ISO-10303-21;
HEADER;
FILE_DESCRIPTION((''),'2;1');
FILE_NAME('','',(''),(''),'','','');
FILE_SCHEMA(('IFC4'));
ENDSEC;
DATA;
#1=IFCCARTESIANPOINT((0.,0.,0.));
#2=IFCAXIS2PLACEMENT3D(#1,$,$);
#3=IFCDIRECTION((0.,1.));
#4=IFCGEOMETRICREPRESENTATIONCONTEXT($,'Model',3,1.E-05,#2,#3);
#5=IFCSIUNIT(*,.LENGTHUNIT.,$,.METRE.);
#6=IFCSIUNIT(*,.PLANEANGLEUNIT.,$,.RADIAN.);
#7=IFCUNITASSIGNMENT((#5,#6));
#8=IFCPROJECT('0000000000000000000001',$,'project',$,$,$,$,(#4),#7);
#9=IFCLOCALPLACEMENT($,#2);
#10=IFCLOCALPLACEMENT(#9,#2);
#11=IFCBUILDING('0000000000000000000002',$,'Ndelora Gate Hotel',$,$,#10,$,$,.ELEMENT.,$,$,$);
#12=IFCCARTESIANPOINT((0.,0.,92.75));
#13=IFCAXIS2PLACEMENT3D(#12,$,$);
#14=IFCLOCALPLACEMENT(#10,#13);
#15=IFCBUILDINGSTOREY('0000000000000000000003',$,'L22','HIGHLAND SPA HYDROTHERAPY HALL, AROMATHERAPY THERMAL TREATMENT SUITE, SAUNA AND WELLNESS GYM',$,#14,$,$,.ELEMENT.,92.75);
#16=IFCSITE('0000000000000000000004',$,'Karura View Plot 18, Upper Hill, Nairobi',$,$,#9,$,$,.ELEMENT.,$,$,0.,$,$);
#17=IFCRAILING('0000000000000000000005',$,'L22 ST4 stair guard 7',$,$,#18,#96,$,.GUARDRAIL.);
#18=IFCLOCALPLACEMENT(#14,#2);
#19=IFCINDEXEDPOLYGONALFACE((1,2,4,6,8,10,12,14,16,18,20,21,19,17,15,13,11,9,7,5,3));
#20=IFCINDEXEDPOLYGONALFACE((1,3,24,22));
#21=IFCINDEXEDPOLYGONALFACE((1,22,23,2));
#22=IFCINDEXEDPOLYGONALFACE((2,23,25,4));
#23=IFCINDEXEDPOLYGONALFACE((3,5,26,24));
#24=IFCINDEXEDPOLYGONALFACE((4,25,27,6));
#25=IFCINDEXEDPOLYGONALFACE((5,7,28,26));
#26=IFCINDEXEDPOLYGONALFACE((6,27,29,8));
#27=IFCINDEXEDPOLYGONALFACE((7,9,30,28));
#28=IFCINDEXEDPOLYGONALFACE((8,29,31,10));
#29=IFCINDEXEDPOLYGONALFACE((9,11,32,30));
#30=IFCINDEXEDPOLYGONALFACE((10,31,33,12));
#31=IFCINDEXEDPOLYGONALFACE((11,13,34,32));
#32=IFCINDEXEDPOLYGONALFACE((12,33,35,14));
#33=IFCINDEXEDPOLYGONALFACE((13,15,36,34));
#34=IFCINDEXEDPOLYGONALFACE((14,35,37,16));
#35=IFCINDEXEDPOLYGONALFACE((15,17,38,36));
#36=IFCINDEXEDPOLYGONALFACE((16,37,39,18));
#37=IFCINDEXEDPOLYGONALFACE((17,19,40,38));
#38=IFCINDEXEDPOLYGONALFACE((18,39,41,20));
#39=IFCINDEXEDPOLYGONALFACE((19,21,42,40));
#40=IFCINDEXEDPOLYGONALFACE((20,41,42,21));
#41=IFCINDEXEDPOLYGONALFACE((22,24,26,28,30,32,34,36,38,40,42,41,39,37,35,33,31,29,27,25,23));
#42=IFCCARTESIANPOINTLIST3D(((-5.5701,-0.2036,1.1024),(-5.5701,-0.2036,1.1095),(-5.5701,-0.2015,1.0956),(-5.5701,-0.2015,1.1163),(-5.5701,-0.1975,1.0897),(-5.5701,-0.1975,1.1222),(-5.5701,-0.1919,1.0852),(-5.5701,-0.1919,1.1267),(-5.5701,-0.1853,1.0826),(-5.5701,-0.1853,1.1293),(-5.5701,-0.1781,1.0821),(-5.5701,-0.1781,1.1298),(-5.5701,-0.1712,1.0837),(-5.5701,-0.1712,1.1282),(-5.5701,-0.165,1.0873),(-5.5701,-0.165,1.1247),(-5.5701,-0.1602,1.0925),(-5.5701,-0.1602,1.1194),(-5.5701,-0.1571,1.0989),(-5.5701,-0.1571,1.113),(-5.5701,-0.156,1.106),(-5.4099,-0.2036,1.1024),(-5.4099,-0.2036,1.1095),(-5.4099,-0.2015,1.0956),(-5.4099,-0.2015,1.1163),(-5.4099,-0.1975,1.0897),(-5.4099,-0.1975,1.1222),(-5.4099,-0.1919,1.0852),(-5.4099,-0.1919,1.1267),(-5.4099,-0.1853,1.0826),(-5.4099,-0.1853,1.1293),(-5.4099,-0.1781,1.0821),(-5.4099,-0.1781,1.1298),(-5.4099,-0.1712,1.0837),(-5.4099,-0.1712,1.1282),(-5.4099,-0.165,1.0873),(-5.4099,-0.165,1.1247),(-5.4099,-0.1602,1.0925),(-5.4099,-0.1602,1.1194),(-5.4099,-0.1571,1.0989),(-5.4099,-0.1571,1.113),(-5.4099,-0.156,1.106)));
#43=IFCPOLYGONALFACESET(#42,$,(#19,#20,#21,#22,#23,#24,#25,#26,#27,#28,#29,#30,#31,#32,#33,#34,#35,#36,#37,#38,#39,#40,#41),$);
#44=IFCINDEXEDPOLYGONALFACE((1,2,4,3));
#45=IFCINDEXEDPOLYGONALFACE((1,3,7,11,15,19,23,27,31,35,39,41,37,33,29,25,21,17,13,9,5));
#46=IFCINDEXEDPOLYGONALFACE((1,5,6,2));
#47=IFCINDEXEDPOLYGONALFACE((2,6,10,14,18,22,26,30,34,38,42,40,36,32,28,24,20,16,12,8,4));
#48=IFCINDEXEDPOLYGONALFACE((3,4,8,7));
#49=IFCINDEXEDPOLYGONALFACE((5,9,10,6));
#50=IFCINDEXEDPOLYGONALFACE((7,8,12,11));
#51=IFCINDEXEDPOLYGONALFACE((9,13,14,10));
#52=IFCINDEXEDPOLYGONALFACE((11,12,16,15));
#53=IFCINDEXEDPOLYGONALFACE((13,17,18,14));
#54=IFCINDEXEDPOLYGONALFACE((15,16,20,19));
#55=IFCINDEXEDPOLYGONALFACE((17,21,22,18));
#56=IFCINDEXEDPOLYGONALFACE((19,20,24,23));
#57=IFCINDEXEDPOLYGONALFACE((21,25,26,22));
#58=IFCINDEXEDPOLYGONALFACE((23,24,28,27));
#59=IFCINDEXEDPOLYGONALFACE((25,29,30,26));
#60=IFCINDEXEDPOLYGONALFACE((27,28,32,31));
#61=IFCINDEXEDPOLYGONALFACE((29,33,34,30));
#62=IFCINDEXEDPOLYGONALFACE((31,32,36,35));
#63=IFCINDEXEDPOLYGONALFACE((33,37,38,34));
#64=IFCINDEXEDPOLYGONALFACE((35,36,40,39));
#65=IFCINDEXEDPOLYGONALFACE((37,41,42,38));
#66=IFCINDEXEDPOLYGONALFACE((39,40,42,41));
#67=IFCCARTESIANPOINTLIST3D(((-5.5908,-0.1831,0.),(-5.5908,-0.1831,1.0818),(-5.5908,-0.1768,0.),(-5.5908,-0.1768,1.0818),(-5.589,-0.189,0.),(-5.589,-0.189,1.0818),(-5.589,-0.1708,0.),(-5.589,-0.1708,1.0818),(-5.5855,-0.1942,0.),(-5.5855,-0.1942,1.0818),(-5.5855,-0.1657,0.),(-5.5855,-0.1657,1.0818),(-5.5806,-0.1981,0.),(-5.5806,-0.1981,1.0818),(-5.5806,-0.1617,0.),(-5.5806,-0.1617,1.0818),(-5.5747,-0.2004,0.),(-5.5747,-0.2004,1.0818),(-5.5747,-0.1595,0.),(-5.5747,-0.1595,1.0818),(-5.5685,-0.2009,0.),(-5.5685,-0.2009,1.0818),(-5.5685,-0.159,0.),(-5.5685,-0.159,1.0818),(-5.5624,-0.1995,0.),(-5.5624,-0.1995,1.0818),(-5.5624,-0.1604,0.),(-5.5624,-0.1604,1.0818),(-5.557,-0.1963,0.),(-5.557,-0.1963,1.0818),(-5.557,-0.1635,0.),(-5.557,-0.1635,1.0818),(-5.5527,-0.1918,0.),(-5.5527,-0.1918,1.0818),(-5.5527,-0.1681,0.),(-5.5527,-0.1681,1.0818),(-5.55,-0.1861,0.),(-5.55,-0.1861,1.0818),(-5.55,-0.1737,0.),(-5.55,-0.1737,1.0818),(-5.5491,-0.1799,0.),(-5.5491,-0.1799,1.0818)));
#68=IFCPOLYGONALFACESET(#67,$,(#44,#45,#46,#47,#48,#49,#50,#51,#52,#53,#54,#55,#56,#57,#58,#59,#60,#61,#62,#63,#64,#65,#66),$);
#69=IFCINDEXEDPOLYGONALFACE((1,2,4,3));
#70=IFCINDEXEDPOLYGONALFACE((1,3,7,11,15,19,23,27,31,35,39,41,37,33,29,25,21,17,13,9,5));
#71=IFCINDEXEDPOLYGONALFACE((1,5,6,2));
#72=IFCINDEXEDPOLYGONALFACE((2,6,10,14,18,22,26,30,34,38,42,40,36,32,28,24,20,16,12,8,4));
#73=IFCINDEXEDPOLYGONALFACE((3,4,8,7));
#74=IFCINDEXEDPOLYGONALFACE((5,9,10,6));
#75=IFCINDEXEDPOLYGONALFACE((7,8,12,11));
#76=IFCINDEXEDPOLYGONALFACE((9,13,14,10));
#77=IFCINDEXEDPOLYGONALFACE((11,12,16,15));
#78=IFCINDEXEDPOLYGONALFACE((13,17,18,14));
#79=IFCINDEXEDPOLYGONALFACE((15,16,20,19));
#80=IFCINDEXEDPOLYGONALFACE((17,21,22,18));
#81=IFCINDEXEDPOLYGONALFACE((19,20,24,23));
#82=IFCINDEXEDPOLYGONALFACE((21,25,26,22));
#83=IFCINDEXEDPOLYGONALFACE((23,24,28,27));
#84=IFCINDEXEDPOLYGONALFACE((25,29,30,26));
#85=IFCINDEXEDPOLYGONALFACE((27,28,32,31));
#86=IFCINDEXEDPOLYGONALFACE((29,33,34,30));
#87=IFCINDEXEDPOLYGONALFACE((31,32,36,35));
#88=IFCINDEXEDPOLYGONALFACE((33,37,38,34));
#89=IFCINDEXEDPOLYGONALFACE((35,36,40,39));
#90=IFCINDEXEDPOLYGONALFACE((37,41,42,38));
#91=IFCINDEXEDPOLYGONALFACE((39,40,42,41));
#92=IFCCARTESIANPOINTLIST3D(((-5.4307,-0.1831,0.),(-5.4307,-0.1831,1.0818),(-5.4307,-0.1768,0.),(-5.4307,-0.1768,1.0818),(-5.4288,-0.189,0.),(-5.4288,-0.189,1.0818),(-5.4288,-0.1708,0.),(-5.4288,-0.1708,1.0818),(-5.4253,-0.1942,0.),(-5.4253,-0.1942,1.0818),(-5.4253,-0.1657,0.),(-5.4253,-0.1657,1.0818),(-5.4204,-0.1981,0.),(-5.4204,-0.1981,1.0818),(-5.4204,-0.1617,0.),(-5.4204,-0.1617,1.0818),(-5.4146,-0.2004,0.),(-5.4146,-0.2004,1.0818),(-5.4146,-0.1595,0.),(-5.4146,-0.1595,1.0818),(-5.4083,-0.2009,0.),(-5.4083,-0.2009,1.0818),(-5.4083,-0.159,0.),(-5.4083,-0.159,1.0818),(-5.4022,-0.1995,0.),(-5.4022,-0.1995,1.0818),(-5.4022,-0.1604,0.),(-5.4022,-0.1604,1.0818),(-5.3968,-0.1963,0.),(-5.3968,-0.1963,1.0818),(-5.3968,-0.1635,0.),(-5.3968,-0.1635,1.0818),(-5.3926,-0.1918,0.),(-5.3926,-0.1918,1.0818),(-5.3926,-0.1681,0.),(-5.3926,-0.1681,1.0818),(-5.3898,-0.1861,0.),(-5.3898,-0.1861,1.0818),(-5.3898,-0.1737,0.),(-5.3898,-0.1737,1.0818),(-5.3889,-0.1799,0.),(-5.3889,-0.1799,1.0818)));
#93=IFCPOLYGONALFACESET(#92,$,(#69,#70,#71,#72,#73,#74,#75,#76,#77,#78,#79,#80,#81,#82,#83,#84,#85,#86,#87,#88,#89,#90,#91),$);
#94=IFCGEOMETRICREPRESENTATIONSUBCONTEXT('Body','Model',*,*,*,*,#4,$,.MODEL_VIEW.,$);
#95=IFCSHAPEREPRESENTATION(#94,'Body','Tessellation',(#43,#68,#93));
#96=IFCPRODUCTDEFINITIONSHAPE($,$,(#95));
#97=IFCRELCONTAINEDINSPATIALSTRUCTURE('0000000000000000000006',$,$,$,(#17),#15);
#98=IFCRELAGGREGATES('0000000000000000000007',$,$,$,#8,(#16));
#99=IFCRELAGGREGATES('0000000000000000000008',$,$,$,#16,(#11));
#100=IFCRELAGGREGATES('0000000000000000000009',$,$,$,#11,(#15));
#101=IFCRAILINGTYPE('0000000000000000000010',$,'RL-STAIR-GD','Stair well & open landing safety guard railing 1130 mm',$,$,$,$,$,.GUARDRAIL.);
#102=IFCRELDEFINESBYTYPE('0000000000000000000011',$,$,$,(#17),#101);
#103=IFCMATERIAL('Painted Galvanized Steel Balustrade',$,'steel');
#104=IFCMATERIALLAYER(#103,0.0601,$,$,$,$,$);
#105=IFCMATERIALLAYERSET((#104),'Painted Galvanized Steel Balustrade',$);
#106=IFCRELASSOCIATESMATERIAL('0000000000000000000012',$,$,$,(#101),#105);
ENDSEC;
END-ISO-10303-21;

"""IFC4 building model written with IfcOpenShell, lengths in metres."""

from ifc_helpers import new_model, si_unit, direction, frame, origin, origin_2d, place, context, subcontext, project, spatial, circle, extrude, material, layer, layer_set, type_object, element, save


model = new_model("IFC4")

# Units and contexts
model_context = context("Model", 3, precision=1e-05, world=origin(), true_north=direction((0.0, 1.0)))
body_context = subcontext(model_context, "Body", "Model", "MODEL_VIEW")
ifc_project = project(units=[si_unit("LENGTHUNIT", "METRE"), si_unit("PLANEANGLEUNIT", "RADIAN")], contexts=[model_context])

# Site, building, storey
site_placement = place(None, origin())
site = spatial("IfcSite", under=ifc_project, at=site_placement, Name="Karura View Plot 18, Upper Hill, Nairobi", CompositionType="ELEMENT", RefElevation=0.0)
building_placement = place(site_placement, origin())
building = spatial("IfcBuilding", under=site, at=building_placement, Name="Ndelora Gate Hotel", CompositionType="ELEMENT")
storey_placement = place(building_placement, frame((0.0, 0.0, 92.75)))
storey = spatial("IfcBuildingStorey", under=building, at=storey_placement, Name="L22", Description="HIGHLAND SPA HYDROTHERAPY HALL, AROMATHERAPY THERMAL TREATMENT SUITE, SAUNA AND WELLNESS GYM", CompositionType="ELEMENT", Elevation=92.75)

# Railing
ifc_material_1 = material(Name="Painted Galvanized Steel Balustrade", Category="steel")
ifc_layer_1 = layer(ifc_material_1, 0.0601)
ifc_layer_set_1 = layer_set([ifc_layer_1], Name="Painted Galvanized Steel Balustrade")
railing_type_1 = type_object("IfcRailingType", Name="RL-STAIR-GD", Description="Stair well & open landing safety guard railing 1130 mm", PredefinedType="GUARDRAIL", material=ifc_layer_set_1)
railing_1_placement = place(storey_placement, frame((-5.5701, -0.1799, 0.0)))
element("IfcRailing", 1, at=railing_1_placement, inside=storey, type_object=railing_type_1, Name="L22 ST4 stair guard 7", PredefinedType="GUARDRAIL", context=body_context, shape_type="SweptSolid", body=[
    extrude(circle(Radius=0.0239, at=origin_2d()), frame((0.0, 0.0, 1.106), z_axis=(1.0, 0.0, 0.0), x_axis=(0.0, 1.0, 0.0)), (0.0, 0.0, 1.0), 0.1602),
    extrude(circle(Radius=0.021, at=origin_2d()), origin(), (0.0, 0.0, 1.0), 1.0818),
    extrude(circle(Radius=0.021, at=origin_2d()), frame((0.1602, 0.0, 0.0)), (0.0, 0.0, 1.0), 1.0818),
])

save(model, "model.ifc")
